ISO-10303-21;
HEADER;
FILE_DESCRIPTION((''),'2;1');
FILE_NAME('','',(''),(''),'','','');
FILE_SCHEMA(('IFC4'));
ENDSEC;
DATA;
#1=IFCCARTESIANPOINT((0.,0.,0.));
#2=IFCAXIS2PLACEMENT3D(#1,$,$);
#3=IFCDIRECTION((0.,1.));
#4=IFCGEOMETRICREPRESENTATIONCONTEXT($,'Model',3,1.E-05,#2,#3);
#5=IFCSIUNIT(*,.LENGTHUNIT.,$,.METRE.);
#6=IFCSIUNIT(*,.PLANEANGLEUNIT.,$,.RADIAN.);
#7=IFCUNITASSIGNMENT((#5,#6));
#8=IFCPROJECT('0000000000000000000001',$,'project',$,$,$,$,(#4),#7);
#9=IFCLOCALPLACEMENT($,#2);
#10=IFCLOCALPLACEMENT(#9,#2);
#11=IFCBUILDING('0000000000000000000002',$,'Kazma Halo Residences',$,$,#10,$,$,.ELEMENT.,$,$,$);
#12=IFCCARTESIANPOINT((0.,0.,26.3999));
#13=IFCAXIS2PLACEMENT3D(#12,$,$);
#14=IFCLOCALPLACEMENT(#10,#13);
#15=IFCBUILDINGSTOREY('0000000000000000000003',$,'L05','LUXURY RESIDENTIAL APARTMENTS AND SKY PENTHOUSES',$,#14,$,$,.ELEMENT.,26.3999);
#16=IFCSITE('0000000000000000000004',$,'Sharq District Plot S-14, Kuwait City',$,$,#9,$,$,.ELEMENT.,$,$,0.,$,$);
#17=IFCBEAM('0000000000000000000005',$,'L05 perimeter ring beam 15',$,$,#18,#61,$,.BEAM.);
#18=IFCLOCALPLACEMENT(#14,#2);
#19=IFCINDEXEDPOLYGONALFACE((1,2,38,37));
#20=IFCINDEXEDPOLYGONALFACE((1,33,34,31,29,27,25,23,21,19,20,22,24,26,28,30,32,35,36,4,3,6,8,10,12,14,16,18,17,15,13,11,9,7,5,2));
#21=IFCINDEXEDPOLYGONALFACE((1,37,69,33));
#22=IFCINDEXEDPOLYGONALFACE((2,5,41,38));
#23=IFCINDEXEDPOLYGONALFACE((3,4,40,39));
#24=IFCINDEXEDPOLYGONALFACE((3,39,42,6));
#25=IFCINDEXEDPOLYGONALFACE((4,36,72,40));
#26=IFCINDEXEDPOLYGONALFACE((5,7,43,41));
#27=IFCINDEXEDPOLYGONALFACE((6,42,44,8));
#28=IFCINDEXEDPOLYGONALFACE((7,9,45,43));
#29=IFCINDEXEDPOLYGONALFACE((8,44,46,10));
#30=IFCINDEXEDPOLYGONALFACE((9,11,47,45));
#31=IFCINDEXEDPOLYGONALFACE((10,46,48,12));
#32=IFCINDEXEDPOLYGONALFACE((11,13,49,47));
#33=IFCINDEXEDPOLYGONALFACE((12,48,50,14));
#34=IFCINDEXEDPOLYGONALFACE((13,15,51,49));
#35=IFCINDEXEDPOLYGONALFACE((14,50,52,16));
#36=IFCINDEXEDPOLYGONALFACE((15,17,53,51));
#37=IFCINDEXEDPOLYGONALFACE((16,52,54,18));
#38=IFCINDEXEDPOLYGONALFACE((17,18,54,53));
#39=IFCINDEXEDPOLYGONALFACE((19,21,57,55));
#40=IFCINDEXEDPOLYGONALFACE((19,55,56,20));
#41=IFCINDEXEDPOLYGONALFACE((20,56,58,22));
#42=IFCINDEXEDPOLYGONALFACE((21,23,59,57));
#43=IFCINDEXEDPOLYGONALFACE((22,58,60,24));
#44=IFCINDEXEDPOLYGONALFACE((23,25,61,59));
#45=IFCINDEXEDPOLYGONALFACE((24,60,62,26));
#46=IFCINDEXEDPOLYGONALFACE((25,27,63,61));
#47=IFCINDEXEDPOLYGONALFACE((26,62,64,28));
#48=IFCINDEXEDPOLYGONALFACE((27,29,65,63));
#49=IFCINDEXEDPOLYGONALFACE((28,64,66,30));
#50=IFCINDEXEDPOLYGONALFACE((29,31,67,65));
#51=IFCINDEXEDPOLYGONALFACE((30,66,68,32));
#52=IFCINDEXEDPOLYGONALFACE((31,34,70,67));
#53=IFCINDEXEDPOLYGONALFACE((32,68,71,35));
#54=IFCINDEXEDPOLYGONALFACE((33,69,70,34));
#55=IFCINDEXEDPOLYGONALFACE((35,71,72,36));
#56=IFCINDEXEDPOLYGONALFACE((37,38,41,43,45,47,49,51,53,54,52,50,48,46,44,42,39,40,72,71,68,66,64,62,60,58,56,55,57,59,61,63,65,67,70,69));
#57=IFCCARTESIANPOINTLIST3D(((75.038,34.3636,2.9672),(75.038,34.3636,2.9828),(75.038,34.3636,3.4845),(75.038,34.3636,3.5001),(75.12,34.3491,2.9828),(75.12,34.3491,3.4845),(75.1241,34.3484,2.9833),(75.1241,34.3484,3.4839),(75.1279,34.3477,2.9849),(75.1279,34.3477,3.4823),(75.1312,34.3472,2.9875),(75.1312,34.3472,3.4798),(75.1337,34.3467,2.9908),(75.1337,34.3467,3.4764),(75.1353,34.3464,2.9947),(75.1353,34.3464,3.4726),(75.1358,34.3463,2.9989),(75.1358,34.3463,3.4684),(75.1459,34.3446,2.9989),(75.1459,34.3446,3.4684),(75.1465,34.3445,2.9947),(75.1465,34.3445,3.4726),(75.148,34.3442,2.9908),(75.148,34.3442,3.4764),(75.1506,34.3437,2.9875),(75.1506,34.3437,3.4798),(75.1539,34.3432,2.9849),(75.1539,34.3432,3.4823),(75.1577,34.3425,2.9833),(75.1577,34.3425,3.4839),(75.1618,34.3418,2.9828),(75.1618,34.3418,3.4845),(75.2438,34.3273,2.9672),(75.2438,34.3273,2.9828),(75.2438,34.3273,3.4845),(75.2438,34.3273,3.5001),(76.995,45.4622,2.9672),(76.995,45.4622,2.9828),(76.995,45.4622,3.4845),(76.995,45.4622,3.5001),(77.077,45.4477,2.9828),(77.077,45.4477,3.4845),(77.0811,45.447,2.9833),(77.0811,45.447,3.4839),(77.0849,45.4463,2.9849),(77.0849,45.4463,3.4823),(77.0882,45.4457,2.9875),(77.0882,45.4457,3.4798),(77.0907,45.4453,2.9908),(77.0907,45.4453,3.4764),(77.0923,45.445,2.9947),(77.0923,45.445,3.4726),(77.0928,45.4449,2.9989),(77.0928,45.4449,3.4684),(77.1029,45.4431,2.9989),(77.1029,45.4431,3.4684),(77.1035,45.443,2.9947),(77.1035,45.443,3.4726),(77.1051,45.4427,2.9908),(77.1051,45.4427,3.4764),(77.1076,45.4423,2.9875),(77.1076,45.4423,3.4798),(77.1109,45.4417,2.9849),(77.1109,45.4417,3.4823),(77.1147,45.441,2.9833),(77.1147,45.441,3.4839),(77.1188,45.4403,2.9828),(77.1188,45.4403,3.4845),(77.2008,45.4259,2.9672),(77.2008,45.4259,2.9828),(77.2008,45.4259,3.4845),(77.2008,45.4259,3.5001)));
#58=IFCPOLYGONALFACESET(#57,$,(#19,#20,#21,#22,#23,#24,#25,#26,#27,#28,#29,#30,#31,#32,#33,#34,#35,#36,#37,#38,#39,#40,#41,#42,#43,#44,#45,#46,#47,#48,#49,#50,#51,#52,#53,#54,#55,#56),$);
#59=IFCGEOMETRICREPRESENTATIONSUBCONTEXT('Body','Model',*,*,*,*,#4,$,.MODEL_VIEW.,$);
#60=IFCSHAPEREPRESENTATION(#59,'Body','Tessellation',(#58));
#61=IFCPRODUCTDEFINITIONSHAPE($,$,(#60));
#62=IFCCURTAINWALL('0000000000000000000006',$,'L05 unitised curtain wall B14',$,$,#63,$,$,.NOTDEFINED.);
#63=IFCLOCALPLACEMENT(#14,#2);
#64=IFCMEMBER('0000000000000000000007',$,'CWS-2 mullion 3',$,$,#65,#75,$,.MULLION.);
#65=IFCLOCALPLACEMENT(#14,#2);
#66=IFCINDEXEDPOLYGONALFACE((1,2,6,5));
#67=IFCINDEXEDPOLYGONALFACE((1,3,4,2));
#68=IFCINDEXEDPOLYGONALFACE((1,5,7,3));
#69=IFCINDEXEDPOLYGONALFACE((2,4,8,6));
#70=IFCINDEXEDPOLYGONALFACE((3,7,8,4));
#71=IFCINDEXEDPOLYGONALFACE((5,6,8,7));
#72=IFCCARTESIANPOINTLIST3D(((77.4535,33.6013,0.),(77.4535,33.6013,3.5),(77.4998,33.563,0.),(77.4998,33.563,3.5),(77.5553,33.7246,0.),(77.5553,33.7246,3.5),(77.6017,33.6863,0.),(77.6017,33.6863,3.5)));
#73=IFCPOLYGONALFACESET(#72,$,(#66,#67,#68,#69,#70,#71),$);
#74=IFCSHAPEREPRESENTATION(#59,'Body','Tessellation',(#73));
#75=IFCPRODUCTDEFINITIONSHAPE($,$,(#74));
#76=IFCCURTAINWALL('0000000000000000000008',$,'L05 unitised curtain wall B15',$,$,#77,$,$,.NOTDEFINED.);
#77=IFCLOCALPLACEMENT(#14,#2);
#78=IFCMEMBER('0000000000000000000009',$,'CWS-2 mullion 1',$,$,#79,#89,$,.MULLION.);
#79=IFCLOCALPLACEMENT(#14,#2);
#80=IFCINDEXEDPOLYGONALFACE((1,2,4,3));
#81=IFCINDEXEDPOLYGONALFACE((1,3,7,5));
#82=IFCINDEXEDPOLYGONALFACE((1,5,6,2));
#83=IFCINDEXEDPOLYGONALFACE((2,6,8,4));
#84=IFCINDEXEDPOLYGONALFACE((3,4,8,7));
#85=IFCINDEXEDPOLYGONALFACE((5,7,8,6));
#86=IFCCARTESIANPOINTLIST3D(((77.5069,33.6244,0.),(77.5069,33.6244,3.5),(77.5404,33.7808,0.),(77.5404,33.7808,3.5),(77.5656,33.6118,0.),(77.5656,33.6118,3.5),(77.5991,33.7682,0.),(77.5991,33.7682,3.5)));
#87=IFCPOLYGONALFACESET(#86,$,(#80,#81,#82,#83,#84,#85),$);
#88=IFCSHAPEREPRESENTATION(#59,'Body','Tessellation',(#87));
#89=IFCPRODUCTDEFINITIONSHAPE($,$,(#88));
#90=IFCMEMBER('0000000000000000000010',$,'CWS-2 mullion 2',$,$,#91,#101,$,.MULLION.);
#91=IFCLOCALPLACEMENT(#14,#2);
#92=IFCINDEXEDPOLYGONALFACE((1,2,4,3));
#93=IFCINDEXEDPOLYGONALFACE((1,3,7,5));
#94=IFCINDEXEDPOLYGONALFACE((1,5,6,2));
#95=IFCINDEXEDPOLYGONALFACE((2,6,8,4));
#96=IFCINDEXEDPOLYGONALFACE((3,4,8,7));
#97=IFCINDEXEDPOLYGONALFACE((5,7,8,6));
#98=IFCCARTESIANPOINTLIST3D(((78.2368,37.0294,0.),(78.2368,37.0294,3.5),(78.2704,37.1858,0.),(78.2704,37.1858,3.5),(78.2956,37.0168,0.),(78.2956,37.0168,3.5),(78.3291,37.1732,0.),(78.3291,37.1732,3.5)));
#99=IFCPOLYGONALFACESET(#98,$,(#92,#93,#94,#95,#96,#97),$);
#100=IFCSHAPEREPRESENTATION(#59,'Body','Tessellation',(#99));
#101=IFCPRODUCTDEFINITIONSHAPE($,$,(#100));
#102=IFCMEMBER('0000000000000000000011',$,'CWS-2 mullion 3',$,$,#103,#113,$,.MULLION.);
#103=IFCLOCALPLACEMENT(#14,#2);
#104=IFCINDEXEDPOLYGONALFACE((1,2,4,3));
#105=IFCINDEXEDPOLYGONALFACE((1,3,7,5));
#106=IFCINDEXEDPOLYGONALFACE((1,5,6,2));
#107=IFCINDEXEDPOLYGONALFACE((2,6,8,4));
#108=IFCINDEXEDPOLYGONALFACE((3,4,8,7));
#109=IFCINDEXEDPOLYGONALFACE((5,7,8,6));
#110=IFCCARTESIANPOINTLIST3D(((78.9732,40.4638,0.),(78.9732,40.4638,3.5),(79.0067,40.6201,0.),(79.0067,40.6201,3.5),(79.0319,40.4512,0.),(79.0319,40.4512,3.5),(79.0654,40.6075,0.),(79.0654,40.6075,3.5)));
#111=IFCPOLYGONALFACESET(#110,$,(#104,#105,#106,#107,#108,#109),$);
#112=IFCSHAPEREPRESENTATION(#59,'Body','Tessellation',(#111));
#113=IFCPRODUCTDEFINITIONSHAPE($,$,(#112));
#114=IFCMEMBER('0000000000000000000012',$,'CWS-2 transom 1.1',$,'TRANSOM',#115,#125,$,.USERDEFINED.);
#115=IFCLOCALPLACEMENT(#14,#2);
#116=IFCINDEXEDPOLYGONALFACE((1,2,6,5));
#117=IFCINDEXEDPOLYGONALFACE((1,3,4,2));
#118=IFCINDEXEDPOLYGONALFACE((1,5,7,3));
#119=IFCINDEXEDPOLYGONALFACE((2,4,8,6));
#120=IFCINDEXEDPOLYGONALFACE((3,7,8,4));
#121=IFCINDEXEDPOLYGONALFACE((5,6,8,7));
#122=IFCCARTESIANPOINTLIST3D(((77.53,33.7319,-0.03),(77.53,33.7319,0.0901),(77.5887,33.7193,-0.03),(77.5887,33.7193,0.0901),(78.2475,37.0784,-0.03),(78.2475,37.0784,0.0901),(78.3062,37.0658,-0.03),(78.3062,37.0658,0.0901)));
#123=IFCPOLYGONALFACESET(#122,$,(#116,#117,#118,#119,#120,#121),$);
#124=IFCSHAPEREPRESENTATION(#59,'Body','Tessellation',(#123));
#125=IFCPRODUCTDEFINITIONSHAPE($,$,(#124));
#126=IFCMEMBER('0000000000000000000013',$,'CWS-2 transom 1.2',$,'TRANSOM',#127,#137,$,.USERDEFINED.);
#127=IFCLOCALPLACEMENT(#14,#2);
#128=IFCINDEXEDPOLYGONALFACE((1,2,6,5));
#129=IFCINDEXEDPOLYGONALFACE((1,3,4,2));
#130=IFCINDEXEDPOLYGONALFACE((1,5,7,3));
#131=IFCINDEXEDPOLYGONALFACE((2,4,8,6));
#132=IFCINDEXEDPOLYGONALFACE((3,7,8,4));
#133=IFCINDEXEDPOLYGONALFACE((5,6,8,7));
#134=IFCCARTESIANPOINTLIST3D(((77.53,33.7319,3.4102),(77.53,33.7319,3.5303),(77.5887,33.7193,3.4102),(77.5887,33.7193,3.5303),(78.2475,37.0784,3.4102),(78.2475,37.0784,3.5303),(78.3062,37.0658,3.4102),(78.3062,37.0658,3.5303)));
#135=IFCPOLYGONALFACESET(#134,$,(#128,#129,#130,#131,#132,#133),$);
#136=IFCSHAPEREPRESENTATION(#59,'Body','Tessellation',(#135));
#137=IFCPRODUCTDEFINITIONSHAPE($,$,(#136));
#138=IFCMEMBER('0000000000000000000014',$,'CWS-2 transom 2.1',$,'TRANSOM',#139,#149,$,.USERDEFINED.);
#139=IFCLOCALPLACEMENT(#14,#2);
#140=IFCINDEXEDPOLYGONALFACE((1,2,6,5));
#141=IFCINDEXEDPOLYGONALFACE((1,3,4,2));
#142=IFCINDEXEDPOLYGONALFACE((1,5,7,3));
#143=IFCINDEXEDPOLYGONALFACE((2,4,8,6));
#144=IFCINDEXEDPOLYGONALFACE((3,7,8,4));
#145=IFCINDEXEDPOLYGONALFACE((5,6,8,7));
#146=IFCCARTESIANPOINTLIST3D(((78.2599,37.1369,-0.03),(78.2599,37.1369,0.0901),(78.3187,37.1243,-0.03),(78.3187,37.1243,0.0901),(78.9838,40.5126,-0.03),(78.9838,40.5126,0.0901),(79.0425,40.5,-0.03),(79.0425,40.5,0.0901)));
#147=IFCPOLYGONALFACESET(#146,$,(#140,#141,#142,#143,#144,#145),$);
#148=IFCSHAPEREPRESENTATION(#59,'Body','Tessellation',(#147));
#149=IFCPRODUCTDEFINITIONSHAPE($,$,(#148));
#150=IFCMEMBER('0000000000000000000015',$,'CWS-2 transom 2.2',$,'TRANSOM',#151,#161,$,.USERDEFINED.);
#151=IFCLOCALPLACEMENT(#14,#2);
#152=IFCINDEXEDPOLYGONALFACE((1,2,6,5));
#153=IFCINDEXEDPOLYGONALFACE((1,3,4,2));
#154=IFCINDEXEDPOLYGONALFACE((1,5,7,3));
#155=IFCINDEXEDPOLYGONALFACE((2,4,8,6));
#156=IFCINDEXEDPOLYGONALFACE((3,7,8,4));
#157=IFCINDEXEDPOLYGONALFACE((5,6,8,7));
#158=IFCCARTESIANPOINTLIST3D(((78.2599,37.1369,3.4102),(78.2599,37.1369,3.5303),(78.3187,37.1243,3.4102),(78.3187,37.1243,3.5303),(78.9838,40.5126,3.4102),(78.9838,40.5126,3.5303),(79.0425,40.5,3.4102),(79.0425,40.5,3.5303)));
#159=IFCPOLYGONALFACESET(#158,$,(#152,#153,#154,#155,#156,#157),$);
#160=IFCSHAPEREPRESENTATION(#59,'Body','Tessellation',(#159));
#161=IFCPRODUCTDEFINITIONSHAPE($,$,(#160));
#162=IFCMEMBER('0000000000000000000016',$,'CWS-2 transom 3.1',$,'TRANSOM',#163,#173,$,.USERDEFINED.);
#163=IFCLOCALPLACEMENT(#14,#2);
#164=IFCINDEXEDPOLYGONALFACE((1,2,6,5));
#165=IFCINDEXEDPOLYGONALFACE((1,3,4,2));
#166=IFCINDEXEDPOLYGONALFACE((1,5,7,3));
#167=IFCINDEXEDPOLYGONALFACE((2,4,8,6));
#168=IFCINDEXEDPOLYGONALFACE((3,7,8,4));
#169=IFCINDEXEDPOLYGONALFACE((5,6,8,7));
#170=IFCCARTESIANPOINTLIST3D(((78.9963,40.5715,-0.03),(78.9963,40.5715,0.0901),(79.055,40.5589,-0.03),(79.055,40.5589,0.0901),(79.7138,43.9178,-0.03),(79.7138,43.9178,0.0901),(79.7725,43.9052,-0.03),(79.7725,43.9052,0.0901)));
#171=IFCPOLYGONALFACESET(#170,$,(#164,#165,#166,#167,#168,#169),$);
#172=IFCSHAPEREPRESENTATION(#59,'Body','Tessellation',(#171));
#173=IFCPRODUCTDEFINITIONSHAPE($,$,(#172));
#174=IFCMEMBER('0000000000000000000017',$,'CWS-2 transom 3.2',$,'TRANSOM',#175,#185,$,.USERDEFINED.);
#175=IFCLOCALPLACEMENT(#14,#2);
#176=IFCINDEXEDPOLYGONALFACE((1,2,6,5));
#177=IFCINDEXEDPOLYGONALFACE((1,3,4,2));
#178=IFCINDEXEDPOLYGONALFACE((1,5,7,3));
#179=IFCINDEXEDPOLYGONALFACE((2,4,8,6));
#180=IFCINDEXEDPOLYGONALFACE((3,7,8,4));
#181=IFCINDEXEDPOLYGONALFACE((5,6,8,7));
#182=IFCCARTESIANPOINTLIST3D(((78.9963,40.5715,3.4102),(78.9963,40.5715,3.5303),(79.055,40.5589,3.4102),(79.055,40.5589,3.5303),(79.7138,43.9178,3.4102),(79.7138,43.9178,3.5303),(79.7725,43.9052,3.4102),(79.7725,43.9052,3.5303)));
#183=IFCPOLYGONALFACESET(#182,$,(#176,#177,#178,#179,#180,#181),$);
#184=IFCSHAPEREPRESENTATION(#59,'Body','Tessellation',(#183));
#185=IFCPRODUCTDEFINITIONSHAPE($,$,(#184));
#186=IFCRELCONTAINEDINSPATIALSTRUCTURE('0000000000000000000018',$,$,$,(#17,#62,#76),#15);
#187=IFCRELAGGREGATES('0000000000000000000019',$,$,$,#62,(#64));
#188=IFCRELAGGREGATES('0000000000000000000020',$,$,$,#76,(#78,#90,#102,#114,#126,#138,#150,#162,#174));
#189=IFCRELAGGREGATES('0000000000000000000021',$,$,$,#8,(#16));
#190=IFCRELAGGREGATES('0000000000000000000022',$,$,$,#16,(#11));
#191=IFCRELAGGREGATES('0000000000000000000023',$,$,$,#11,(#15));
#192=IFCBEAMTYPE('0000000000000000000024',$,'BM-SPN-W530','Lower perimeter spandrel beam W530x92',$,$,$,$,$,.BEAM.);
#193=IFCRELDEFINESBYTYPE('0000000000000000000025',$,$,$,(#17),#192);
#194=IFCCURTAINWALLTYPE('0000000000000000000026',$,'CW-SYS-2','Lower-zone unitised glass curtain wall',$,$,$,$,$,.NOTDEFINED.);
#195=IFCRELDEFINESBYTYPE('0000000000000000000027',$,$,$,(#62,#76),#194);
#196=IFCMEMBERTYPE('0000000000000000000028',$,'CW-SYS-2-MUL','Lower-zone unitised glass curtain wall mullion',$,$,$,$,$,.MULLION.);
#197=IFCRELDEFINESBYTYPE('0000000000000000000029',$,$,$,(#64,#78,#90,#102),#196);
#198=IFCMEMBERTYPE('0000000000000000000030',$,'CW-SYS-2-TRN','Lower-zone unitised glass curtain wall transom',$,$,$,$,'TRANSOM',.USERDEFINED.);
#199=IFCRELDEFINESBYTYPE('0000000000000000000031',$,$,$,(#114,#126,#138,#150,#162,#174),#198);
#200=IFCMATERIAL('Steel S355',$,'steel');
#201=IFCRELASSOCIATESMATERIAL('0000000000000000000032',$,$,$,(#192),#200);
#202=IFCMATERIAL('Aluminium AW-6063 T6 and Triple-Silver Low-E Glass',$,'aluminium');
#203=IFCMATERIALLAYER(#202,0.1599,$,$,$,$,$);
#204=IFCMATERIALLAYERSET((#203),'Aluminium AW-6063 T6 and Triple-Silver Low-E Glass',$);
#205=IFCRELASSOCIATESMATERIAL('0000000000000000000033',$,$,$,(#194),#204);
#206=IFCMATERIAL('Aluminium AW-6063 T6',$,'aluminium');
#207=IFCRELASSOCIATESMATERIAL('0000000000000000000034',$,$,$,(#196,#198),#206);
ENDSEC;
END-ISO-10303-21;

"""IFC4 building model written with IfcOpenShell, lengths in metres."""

from ifc_helpers import new_model, si_unit, direction, frame, origin, origin_2d, place, context, subcontext, project, spatial, rectangle, i_section, extrude, material, layer, layer_set, material_profile, profile_set, type_object, element, aggregate, save


model = new_model("IFC4")

# Units and contexts
model_context = context("Model", 3, precision=1e-05, world=origin(), true_north=direction((0.0, 1.0)))
body_context = subcontext(model_context, "Body", "Model", "MODEL_VIEW")
ifc_project = project(units=[si_unit("LENGTHUNIT", "METRE"), si_unit("PLANEANGLEUNIT", "RADIAN")], contexts=[model_context])

# Site, building, storey
site_placement = place(None, origin())
site = spatial("IfcSite", under=ifc_project, at=site_placement, Name="Sharq District Plot S-14, Kuwait City", CompositionType="ELEMENT", RefElevation=0.0)
building_placement = place(site_placement, origin())
building = spatial("IfcBuilding", under=site, at=building_placement, Name="Kazma Halo Residences", CompositionType="ELEMENT")
storey_placement = place(building_placement, frame((0.0, 0.0, 26.3999)))
storey = spatial("IfcBuildingStorey", under=building, at=storey_placement, Name="L05", Description="LUXURY RESIDENTIAL APARTMENTS AND SKY PENTHOUSES", CompositionType="ELEMENT", Elevation=26.3999)

# Beam
ifc_material_1 = material(Name="Steel S355", Category="steel")
ifc_material_profile_1 = material_profile(ifc_material_1, i_section(OverallWidth=0.209, OverallDepth=0.533, WebThickness=0.0103, FlangeThickness=0.0156, FilletRadius=0.0161, at=origin_2d()), Name="W530x92")
ifc_profile_set_1 = profile_set([ifc_material_profile_1], Name="Steel S355")
beam_type_1 = type_object("IfcBeamType", Name="BM-SPN-W530", Description="Lower perimeter spandrel beam W530x92", PredefinedType="BEAM", material=ifc_profile_set_1)
beam_1_placement = place(storey_placement, frame((75.1409, 34.3455, 3.2336), z_axis=(0.173652, 0.984807, 0.0), x_axis=(-0.984807, 0.173652, 0.0)))
element("IfcBeam", 1, at=beam_1_placement, inside=storey, type_object=beam_type_1, Name="L05 perimeter ring beam 15", PredefinedType="BEAM", context=body_context, shape_type="SweptSolid", body=[
    extrude(i_section(OverallWidth=0.209, OverallDepth=0.533, WebThickness=0.0103, FlangeThickness=0.0156, FilletRadius=0.0161, at=origin_2d()), origin(), (0.0, 0.0, 1.0), 11.2698),
])

# Curtain wall, member
ifc_material_2 = material(Name="Aluminium AW-6063 T6 and Triple-Silver Low-E Glass", Category="aluminium")
ifc_layer_1 = layer(ifc_material_2, 0.1599)
ifc_layer_set_1 = layer_set([ifc_layer_1], Name="Aluminium AW-6063 T6 and Triple-Silver Low-E Glass")
curtain_wall_type = type_object("IfcCurtainWallType", Name="CW-SYS-2", Description="Lower-zone unitised glass curtain wall", PredefinedType="NOTDEFINED", material=ifc_layer_set_1)
curtain_wall_1_placement = place(storey_placement, origin())
curtain_wall_1 = element("IfcCurtainWall", 2, at=curtain_wall_1_placement, inside=storey, type_object=curtain_wall_type, Name="L05 unitised curtain wall B14", PredefinedType="NOTDEFINED")
ifc_material_3 = material(Name="Aluminium AW-6063 T6", Category="aluminium")
ifc_material_profile_2 = material_profile(ifc_material_3, rectangle(XDim=0.0601, YDim=0.1599, at=origin_2d()), Name="CWM-60x160")
ifc_profile_set_2 = profile_set([ifc_material_profile_2], Name="Aluminium AW-6063 T6")
member_type_1 = type_object("IfcMemberType", Name="CW-SYS-2-MUL", Description="Lower-zone unitised glass curtain wall mullion", PredefinedType="MULLION", material=ifc_profile_set_2)
member_1_placement = place(storey_placement, frame((77.5276, 33.6438, 0.0), z_axis=(0.0, 0.0, 1.0), x_axis=(-0.771135, 0.636671, 0.0)))
member_1 = element("IfcMember", 3, at=member_1_placement, type_object=member_type_1, Name="CWS-2 mullion 3", PredefinedType="MULLION", context=body_context, shape_type="SweptSolid", body=[
    extrude(rectangle(XDim=0.0601, YDim=0.1599, at=origin_2d()), origin(), (0.0, 0.0, 1.0), 3.5),
])
aggregate(curtain_wall_1, [member_1])

# Curtain wall, members
curtain_wall_2_placement = place(storey_placement, origin())
curtain_wall_2 = element("IfcCurtainWall", 4, at=curtain_wall_2_placement, inside=storey, type_object=curtain_wall_type, Name="L05 unitised curtain wall B15", PredefinedType="NOTDEFINED")
member_2_placement = place(storey_placement, frame((77.553, 33.6963, 0.0), z_axis=(0.0, 0.0, 1.0), x_axis=(-0.977779, 0.209637, 0.0)))
member_2 = element("IfcMember", 5, at=member_2_placement, type_object=member_type_1, Name="CWS-2 mullion 1", PredefinedType="MULLION", context=body_context, shape_type="SweptSolid", body=[
    extrude(rectangle(XDim=0.0601, YDim=0.1599, at=origin_2d()), origin(), (0.0, 0.0, 1.0), 3.5),
])
member_3_placement = place(storey_placement, frame((78.283, 37.1013, 0.0), z_axis=(0.0, 0.0, 1.0), x_axis=(-0.977779, 0.209637, 0.0)))
member_3 = element("IfcMember", 6, at=member_3_placement, type_object=member_type_1, Name="CWS-2 mullion 2", PredefinedType="MULLION", context=body_context, shape_type="SweptSolid", body=[
    extrude(rectangle(XDim=0.0601, YDim=0.1599, at=origin_2d()), origin(), (0.0, 0.0, 1.0), 3.5),
])
member_4_placement = place(storey_placement, frame((79.0193, 40.5356, 0.0), z_axis=(0.0, 0.0, 1.0), x_axis=(-0.977779, 0.209637, 0.0)))
member_4 = element("IfcMember", 7, at=member_4_placement, type_object=member_type_1, Name="CWS-2 mullion 3", PredefinedType="MULLION", context=body_context, shape_type="SweptSolid", body=[
    extrude(rectangle(XDim=0.0601, YDim=0.1599, at=origin_2d()), origin(), (0.0, 0.0, 1.0), 3.5),
])
ifc_material_profile_3 = material_profile(ifc_material_3, rectangle(XDim=0.0601, YDim=0.1201, at=origin_2d()), Name="CWT-60x120")
ifc_profile_set_3 = profile_set([ifc_material_profile_3], Name="Aluminium AW-6063 T6")
member_type_2 = type_object("IfcMemberType", Name="CW-SYS-2-TRN", Description="Lower-zone unitised glass curtain wall transom", ElementType="TRANSOM", PredefinedType="USERDEFINED", material=ifc_profile_set_3)
member_5_placement = place(storey_placement, frame((77.5593, 33.7256, 0.03), z_axis=(0.209651, 0.977776, 0.0), x_axis=(-0.977776, 0.209651, 0.0)))
member_5 = element("IfcMember", 8, at=member_5_placement, type_object=member_type_2, Name="CWS-2 transom 1.1", ObjectType="TRANSOM", PredefinedType="USERDEFINED", context=body_context, shape_type="SweptSolid", body=[
    extrude(rectangle(XDim=0.0601, YDim=0.1201, at=origin_2d()), origin(), (0.0, 0.0, 1.0), 3.4226),
])
member_6_placement = place(storey_placement, frame((77.5593, 33.7256, 3.4702), z_axis=(0.209651, 0.977776, 0.0), x_axis=(-0.977776, 0.209651, 0.0)))
member_6 = element("IfcMember", 9, at=member_6_placement, type_object=member_type_2, Name="CWS-2 transom 1.2", ObjectType="TRANSOM", PredefinedType="USERDEFINED", context=body_context, shape_type="SweptSolid", body=[
    extrude(rectangle(XDim=0.0601, YDim=0.1201, at=origin_2d()), origin(), (0.0, 0.0, 1.0), 3.4226),
])
member_7_placement = place(storey_placement, frame((78.2893, 37.1306, 0.03), z_axis=(0.209669, 0.977772, 0.0), x_axis=(-0.977772, 0.209669, 0.0)))
member_7 = element("IfcMember", 10, at=member_7_placement, type_object=member_type_2, Name="CWS-2 transom 2.1", ObjectType="TRANSOM", PredefinedType="USERDEFINED", context=body_context, shape_type="SweptSolid", body=[
    extrude(rectangle(XDim=0.0601, YDim=0.1201, at=origin_2d()), origin(), (0.0, 0.0, 1.0), 3.4524),
])
member_8_placement = place(storey_placement, frame((78.2893, 37.1306, 3.4702), z_axis=(0.209669, 0.977772, 0.0), x_axis=(-0.977772, 0.209669, 0.0)))
member_8 = element("IfcMember", 11, at=member_8_placement, type_object=member_type_2, Name="CWS-2 transom 2.2", ObjectType="TRANSOM", PredefinedType="USERDEFINED", context=body_context, shape_type="SweptSolid", body=[
    extrude(rectangle(XDim=0.0601, YDim=0.1201, at=origin_2d()), origin(), (0.0, 0.0, 1.0), 3.4524),
])
member_9_placement = place(storey_placement, frame((79.0256, 40.5652, 0.03), z_axis=(0.209666, 0.977773, 0.0), x_axis=(-0.977773, 0.209666, 0.0)))
member_9 = element("IfcMember", 12, at=member_9_placement, type_object=member_type_2, Name="CWS-2 transom 3.1", ObjectType="TRANSOM", PredefinedType="USERDEFINED", context=body_context, shape_type="SweptSolid", body=[
    extrude(rectangle(XDim=0.0601, YDim=0.1201, at=origin_2d()), origin(), (0.0, 0.0, 1.0), 3.4224),
])
member_10_placement = place(storey_placement, frame((79.0256, 40.5652, 3.4702), z_axis=(0.209666, 0.977773, 0.0), x_axis=(-0.977773, 0.209666, 0.0)))
member_10 = element("IfcMember", 13, at=member_10_placement, type_object=member_type_2, Name="CWS-2 transom 3.2", ObjectType="TRANSOM", PredefinedType="USERDEFINED", context=body_context, shape_type="SweptSolid", body=[
    extrude(rectangle(XDim=0.0601, YDim=0.1201, at=origin_2d()), origin(), (0.0, 0.0, 1.0), 3.4224),
])
aggregate(curtain_wall_2, [member_2, member_3, member_4, member_5, member_6, member_7, member_8, member_9, member_10])

save(model, "model.ifc")
